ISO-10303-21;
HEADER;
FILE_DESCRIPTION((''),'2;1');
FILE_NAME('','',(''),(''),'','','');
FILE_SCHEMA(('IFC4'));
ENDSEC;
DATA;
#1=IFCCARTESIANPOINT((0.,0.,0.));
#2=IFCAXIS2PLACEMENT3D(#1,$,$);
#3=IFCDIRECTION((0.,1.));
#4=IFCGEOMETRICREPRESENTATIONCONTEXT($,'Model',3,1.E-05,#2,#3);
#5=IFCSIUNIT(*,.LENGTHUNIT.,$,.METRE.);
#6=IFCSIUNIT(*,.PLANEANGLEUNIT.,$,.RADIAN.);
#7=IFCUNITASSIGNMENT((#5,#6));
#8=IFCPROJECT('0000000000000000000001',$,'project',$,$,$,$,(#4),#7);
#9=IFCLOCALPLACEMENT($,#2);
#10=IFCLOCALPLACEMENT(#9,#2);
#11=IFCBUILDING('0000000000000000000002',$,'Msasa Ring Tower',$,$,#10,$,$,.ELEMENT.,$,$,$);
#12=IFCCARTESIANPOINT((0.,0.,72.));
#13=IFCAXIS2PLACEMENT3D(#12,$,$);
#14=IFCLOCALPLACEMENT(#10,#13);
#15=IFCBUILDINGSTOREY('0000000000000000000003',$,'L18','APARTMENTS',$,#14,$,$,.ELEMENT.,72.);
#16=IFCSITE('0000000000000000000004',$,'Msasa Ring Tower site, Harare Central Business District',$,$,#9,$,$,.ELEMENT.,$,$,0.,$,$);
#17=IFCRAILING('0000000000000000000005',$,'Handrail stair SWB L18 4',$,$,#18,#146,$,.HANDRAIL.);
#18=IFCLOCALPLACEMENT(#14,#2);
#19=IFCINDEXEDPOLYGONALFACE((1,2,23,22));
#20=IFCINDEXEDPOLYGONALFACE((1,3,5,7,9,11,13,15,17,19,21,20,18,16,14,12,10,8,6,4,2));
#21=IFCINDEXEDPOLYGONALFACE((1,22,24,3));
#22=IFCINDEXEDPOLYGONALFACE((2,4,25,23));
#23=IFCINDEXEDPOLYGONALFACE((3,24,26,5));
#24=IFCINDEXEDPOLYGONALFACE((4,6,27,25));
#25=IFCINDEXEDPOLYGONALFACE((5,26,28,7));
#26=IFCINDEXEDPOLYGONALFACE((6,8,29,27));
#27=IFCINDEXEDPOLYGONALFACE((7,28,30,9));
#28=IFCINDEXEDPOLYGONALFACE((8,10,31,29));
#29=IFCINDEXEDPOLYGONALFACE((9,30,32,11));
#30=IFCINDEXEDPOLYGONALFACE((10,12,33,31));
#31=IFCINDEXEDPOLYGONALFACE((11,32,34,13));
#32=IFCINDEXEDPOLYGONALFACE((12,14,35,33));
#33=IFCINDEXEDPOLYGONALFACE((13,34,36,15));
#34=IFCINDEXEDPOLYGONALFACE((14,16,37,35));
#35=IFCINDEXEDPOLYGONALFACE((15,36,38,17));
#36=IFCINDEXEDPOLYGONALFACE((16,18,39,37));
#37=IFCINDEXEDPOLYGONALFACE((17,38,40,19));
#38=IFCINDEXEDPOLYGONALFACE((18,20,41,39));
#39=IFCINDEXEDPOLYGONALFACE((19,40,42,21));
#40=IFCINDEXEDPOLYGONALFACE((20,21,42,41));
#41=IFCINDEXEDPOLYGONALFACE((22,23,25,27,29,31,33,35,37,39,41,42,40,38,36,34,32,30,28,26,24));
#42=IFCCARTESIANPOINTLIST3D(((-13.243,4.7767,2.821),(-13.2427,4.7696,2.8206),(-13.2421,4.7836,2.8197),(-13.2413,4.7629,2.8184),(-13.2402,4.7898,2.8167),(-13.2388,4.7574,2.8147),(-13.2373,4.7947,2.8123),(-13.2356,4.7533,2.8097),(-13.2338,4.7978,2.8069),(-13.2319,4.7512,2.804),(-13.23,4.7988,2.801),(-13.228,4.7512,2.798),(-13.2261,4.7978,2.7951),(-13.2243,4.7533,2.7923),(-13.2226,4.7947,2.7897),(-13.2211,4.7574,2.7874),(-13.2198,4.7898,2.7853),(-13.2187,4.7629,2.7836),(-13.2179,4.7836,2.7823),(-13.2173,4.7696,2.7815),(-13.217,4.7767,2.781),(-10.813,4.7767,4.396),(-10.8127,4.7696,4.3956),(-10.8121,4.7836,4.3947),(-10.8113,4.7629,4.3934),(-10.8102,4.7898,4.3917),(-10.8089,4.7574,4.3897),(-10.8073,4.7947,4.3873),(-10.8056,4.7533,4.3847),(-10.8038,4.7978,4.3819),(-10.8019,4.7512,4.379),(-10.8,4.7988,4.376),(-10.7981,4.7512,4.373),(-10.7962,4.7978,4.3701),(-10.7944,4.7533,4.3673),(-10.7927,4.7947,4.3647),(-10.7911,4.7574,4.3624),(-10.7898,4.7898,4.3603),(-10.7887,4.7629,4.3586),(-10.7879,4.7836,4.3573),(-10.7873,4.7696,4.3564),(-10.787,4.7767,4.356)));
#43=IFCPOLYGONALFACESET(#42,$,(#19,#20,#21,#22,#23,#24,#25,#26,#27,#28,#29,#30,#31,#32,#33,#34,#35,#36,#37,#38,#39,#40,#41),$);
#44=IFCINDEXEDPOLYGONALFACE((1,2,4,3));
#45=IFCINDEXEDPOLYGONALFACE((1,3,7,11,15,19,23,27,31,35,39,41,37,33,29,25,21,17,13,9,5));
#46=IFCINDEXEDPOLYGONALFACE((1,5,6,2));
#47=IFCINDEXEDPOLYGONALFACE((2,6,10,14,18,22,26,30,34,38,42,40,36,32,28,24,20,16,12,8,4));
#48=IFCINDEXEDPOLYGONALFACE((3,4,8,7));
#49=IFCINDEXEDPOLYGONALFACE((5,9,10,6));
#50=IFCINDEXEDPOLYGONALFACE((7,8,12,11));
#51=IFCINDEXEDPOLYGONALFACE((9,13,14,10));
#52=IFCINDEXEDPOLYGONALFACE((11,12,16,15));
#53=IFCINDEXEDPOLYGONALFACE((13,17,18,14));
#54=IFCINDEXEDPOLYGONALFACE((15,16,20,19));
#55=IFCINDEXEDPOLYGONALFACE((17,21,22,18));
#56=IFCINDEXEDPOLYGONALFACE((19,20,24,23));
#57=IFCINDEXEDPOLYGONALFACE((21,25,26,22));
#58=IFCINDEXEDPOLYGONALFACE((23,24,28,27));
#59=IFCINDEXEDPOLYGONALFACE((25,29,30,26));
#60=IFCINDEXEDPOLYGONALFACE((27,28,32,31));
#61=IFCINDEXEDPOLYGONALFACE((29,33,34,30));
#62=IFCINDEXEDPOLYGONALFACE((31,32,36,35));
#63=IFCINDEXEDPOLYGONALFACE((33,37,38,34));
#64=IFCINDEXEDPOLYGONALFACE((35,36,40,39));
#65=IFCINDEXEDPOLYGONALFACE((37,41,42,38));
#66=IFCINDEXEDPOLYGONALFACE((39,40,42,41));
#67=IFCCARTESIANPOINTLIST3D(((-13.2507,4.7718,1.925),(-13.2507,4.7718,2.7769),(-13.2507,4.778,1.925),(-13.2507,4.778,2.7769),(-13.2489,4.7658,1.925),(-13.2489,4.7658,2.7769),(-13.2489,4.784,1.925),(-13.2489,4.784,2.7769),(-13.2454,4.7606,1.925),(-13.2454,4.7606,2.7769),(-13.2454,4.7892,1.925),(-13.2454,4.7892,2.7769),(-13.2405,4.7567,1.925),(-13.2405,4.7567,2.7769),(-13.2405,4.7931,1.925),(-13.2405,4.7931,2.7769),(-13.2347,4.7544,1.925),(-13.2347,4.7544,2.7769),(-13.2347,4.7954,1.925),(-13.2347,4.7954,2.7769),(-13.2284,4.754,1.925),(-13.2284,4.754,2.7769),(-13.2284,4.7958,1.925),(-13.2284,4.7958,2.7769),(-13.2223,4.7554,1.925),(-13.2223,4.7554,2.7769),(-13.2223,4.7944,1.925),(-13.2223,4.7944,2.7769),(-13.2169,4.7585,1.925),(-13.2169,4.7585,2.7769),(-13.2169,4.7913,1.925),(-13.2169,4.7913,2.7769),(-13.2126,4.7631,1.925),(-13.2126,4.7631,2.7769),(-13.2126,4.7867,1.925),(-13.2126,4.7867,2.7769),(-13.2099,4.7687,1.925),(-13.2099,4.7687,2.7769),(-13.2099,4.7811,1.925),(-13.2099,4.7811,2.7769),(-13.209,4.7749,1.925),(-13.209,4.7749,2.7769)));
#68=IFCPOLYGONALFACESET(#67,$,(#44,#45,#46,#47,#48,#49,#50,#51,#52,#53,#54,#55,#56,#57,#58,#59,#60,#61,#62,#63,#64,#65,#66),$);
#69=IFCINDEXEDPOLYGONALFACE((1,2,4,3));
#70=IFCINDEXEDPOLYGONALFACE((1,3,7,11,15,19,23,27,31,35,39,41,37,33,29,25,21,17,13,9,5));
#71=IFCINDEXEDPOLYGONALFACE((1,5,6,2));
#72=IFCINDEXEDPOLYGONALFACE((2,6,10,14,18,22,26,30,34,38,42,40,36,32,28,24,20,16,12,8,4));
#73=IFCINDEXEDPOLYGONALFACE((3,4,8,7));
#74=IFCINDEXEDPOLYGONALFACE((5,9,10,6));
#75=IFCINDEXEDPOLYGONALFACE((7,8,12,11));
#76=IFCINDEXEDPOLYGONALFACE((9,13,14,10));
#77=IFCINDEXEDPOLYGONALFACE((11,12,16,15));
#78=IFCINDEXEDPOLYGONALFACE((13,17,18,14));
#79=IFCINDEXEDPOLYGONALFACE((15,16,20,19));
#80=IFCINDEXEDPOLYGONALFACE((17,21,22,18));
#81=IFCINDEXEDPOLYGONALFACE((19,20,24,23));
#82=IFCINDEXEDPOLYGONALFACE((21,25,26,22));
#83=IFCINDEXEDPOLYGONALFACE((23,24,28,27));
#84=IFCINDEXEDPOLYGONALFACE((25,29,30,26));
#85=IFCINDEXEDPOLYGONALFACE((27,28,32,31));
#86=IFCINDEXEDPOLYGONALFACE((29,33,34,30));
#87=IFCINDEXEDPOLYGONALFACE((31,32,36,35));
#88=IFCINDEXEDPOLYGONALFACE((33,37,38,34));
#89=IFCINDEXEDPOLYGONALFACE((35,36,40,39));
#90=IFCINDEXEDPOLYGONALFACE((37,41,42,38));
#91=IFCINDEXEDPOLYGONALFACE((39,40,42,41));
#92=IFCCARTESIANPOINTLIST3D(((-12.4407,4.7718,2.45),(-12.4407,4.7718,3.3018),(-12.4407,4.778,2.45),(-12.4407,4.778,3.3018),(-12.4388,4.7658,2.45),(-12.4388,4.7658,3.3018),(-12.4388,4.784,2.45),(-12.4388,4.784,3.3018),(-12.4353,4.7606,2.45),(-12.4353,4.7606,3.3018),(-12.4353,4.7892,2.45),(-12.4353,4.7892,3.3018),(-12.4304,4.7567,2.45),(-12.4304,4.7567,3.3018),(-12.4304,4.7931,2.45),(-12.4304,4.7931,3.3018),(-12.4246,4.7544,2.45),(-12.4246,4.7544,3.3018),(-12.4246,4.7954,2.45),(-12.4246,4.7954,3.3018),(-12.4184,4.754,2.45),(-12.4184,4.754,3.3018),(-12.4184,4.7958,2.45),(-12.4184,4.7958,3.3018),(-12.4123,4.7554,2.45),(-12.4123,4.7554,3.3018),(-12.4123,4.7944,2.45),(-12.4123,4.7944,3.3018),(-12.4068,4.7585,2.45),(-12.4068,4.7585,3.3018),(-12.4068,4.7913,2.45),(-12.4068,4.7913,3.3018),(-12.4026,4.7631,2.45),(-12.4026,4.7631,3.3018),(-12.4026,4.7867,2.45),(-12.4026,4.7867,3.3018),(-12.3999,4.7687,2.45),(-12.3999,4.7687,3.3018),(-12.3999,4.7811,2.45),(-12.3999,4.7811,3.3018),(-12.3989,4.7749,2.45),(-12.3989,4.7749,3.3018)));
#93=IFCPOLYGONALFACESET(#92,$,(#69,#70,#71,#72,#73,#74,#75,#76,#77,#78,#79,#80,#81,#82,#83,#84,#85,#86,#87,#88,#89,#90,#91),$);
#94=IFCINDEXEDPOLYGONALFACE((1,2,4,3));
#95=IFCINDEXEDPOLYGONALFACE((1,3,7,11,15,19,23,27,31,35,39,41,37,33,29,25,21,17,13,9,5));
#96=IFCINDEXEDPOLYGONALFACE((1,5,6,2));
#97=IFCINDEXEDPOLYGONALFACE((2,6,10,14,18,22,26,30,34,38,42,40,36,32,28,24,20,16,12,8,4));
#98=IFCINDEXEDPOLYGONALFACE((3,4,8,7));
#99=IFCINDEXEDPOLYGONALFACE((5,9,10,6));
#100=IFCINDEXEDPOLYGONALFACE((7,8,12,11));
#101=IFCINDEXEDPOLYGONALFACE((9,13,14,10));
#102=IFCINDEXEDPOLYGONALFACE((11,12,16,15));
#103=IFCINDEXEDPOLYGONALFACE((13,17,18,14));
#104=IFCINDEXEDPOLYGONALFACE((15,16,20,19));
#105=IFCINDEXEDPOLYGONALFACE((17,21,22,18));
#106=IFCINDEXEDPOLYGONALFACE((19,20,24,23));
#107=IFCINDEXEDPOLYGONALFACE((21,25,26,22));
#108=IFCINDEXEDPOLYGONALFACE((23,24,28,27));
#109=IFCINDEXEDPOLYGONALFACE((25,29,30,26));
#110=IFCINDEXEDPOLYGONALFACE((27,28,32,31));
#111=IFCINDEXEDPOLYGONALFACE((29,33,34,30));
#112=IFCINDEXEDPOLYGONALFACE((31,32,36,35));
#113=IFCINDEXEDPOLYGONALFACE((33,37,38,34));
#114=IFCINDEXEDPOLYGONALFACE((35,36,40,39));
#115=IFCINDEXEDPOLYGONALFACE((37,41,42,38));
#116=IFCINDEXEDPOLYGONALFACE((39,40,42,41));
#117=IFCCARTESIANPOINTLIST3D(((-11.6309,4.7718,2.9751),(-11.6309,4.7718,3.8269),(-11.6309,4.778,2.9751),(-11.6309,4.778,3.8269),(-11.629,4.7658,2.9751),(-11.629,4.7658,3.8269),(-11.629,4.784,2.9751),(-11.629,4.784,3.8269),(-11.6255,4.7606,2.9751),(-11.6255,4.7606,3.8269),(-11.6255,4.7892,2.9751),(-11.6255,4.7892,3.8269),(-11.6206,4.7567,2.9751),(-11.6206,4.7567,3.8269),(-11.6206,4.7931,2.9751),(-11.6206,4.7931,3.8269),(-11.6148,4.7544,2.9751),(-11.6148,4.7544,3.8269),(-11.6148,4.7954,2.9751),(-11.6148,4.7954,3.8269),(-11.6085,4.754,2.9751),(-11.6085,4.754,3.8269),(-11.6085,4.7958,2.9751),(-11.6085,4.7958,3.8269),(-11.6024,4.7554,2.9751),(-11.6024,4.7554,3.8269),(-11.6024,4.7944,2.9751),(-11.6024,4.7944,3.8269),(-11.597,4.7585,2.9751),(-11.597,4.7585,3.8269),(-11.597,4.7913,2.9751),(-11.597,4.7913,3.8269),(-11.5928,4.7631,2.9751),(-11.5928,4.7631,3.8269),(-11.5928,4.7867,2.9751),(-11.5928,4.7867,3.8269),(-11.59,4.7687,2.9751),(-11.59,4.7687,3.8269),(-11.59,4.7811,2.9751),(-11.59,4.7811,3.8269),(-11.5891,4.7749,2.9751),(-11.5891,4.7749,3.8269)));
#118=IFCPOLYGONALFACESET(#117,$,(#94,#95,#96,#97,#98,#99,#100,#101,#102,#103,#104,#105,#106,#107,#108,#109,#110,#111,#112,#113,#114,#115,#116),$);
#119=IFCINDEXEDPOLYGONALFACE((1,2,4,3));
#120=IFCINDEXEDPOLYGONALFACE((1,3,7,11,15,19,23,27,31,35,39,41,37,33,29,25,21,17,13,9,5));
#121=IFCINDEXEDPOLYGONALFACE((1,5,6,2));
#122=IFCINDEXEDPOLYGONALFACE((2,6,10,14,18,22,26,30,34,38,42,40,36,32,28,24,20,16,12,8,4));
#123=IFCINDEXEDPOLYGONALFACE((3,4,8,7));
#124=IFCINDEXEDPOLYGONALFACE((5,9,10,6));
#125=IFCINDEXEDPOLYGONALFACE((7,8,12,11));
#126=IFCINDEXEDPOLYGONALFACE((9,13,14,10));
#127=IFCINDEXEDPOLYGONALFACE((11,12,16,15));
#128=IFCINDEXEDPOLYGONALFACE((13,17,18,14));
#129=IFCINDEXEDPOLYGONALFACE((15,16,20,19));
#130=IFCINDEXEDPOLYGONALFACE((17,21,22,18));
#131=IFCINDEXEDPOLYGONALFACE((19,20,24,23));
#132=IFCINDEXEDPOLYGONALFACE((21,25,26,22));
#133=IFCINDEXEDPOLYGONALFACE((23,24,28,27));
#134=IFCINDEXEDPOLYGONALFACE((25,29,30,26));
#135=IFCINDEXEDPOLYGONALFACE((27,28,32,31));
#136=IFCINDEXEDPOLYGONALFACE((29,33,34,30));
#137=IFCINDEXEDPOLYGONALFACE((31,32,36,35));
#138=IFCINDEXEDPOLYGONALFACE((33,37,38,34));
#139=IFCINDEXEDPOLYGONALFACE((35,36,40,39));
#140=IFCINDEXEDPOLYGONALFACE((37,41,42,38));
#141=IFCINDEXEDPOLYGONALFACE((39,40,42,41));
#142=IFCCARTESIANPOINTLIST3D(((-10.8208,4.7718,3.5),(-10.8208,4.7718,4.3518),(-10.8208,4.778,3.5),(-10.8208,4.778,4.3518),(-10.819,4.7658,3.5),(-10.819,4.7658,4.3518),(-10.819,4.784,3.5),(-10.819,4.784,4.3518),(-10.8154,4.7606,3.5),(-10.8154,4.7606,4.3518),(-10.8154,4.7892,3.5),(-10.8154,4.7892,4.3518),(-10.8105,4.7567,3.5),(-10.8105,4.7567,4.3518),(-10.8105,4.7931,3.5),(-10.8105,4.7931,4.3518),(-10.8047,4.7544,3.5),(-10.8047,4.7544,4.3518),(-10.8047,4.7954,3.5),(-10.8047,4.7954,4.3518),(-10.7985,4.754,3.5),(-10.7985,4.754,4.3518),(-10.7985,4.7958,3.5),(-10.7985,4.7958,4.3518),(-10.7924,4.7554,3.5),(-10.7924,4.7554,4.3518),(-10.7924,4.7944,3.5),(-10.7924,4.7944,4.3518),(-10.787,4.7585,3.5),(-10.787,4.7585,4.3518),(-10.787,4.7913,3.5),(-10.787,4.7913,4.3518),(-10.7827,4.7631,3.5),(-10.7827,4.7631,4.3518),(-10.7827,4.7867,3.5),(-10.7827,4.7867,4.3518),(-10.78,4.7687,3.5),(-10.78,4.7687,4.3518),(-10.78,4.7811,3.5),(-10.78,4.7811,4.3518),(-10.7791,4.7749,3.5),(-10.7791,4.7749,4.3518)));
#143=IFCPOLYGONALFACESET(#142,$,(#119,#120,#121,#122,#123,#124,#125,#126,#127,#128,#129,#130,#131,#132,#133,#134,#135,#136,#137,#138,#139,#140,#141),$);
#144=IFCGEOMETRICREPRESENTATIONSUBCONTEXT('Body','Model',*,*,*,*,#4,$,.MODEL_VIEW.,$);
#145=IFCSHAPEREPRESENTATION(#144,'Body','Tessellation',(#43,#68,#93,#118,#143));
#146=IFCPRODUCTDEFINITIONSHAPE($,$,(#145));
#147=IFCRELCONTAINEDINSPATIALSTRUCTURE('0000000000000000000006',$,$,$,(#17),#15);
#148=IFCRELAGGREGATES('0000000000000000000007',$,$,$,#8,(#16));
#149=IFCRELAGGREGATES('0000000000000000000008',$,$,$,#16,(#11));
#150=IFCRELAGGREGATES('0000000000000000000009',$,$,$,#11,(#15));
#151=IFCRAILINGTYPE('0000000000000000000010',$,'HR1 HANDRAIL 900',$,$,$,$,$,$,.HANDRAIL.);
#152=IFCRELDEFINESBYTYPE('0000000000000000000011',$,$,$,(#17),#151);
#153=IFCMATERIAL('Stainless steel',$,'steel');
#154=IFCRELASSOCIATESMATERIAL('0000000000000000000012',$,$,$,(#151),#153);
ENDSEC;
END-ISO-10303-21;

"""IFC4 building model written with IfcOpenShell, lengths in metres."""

from ifc_helpers import new_model, si_unit, direction, frame, origin, origin_2d, place, context, subcontext, project, spatial, circle, extrude, material, type_object, element, save


model = new_model("IFC4")

# Units and contexts
model_context = context("Model", 3, precision=1e-05, world=origin(), true_north=direction((0.0, 1.0)))
body_context = subcontext(model_context, "Body", "Model", "MODEL_VIEW")
ifc_project = project(units=[si_unit("LENGTHUNIT", "METRE"), si_unit("PLANEANGLEUNIT", "RADIAN")], contexts=[model_context])

# Site, building, storey
site_placement = place(None, origin())
site = spatial("IfcSite", under=ifc_project, at=site_placement, Name="Msasa Ring Tower site, Harare Central Business District", CompositionType="ELEMENT", RefElevation=0.0)
building_placement = place(site_placement, origin())
building = spatial("IfcBuilding", under=site, at=building_placement, Name="Msasa Ring Tower", CompositionType="ELEMENT")
storey_placement = place(building_placement, frame((0.0, 0.0, 72.0)))
storey = spatial("IfcBuildingStorey", under=building, at=storey_placement, Name="L18", Description="APARTMENTS", CompositionType="ELEMENT", Elevation=72.0)

# Railing
ifc_material_1 = material(Name="Stainless steel", Category="steel")
railing_type = type_object("IfcRailingType", Name="HR1 HANDRAIL 900", PredefinedType="HANDRAIL", material=ifc_material_1)
for number, where, name in (
    (1, (-13.23, 4.7749, 1.925), "Handrail stair SWB L18 4"),
):
    element("IfcRailing", number, at=place(storey_placement, frame(where)), inside=storey, type_object=railing_type, Name=name, PredefinedType="HANDRAIL", context=body_context, shape_type="SweptSolid", body=[
        extrude(circle(Radius=0.0239, at=origin_2d()), frame((0.0, 0.0, 0.876), z_axis=(0.839154, 0.0, 0.543894), x_axis=(0.0, 1.0, 0.0)), (0.0, 0.0, 1.0), 2.8958),
        extrude(circle(Radius=0.021, at=origin_2d()), origin(), (0.0, 0.0, 1.0), 0.8518),
        extrude(circle(Radius=0.021, at=origin_2d()), frame((0.8101, 0.0, 0.5249)), (0.0, 0.0, 1.0), 0.8518),
        extrude(circle(Radius=0.021, at=origin_2d()), frame((1.6199, 0.0, 1.05)), (0.0, 0.0, 1.0), 0.8518),
        extrude(circle(Radius=0.021, at=origin_2d()), frame((2.4299, 0.0, 1.575)), (0.0, 0.0, 1.0), 0.8518),
    ])

save(model, "model.ifc")
